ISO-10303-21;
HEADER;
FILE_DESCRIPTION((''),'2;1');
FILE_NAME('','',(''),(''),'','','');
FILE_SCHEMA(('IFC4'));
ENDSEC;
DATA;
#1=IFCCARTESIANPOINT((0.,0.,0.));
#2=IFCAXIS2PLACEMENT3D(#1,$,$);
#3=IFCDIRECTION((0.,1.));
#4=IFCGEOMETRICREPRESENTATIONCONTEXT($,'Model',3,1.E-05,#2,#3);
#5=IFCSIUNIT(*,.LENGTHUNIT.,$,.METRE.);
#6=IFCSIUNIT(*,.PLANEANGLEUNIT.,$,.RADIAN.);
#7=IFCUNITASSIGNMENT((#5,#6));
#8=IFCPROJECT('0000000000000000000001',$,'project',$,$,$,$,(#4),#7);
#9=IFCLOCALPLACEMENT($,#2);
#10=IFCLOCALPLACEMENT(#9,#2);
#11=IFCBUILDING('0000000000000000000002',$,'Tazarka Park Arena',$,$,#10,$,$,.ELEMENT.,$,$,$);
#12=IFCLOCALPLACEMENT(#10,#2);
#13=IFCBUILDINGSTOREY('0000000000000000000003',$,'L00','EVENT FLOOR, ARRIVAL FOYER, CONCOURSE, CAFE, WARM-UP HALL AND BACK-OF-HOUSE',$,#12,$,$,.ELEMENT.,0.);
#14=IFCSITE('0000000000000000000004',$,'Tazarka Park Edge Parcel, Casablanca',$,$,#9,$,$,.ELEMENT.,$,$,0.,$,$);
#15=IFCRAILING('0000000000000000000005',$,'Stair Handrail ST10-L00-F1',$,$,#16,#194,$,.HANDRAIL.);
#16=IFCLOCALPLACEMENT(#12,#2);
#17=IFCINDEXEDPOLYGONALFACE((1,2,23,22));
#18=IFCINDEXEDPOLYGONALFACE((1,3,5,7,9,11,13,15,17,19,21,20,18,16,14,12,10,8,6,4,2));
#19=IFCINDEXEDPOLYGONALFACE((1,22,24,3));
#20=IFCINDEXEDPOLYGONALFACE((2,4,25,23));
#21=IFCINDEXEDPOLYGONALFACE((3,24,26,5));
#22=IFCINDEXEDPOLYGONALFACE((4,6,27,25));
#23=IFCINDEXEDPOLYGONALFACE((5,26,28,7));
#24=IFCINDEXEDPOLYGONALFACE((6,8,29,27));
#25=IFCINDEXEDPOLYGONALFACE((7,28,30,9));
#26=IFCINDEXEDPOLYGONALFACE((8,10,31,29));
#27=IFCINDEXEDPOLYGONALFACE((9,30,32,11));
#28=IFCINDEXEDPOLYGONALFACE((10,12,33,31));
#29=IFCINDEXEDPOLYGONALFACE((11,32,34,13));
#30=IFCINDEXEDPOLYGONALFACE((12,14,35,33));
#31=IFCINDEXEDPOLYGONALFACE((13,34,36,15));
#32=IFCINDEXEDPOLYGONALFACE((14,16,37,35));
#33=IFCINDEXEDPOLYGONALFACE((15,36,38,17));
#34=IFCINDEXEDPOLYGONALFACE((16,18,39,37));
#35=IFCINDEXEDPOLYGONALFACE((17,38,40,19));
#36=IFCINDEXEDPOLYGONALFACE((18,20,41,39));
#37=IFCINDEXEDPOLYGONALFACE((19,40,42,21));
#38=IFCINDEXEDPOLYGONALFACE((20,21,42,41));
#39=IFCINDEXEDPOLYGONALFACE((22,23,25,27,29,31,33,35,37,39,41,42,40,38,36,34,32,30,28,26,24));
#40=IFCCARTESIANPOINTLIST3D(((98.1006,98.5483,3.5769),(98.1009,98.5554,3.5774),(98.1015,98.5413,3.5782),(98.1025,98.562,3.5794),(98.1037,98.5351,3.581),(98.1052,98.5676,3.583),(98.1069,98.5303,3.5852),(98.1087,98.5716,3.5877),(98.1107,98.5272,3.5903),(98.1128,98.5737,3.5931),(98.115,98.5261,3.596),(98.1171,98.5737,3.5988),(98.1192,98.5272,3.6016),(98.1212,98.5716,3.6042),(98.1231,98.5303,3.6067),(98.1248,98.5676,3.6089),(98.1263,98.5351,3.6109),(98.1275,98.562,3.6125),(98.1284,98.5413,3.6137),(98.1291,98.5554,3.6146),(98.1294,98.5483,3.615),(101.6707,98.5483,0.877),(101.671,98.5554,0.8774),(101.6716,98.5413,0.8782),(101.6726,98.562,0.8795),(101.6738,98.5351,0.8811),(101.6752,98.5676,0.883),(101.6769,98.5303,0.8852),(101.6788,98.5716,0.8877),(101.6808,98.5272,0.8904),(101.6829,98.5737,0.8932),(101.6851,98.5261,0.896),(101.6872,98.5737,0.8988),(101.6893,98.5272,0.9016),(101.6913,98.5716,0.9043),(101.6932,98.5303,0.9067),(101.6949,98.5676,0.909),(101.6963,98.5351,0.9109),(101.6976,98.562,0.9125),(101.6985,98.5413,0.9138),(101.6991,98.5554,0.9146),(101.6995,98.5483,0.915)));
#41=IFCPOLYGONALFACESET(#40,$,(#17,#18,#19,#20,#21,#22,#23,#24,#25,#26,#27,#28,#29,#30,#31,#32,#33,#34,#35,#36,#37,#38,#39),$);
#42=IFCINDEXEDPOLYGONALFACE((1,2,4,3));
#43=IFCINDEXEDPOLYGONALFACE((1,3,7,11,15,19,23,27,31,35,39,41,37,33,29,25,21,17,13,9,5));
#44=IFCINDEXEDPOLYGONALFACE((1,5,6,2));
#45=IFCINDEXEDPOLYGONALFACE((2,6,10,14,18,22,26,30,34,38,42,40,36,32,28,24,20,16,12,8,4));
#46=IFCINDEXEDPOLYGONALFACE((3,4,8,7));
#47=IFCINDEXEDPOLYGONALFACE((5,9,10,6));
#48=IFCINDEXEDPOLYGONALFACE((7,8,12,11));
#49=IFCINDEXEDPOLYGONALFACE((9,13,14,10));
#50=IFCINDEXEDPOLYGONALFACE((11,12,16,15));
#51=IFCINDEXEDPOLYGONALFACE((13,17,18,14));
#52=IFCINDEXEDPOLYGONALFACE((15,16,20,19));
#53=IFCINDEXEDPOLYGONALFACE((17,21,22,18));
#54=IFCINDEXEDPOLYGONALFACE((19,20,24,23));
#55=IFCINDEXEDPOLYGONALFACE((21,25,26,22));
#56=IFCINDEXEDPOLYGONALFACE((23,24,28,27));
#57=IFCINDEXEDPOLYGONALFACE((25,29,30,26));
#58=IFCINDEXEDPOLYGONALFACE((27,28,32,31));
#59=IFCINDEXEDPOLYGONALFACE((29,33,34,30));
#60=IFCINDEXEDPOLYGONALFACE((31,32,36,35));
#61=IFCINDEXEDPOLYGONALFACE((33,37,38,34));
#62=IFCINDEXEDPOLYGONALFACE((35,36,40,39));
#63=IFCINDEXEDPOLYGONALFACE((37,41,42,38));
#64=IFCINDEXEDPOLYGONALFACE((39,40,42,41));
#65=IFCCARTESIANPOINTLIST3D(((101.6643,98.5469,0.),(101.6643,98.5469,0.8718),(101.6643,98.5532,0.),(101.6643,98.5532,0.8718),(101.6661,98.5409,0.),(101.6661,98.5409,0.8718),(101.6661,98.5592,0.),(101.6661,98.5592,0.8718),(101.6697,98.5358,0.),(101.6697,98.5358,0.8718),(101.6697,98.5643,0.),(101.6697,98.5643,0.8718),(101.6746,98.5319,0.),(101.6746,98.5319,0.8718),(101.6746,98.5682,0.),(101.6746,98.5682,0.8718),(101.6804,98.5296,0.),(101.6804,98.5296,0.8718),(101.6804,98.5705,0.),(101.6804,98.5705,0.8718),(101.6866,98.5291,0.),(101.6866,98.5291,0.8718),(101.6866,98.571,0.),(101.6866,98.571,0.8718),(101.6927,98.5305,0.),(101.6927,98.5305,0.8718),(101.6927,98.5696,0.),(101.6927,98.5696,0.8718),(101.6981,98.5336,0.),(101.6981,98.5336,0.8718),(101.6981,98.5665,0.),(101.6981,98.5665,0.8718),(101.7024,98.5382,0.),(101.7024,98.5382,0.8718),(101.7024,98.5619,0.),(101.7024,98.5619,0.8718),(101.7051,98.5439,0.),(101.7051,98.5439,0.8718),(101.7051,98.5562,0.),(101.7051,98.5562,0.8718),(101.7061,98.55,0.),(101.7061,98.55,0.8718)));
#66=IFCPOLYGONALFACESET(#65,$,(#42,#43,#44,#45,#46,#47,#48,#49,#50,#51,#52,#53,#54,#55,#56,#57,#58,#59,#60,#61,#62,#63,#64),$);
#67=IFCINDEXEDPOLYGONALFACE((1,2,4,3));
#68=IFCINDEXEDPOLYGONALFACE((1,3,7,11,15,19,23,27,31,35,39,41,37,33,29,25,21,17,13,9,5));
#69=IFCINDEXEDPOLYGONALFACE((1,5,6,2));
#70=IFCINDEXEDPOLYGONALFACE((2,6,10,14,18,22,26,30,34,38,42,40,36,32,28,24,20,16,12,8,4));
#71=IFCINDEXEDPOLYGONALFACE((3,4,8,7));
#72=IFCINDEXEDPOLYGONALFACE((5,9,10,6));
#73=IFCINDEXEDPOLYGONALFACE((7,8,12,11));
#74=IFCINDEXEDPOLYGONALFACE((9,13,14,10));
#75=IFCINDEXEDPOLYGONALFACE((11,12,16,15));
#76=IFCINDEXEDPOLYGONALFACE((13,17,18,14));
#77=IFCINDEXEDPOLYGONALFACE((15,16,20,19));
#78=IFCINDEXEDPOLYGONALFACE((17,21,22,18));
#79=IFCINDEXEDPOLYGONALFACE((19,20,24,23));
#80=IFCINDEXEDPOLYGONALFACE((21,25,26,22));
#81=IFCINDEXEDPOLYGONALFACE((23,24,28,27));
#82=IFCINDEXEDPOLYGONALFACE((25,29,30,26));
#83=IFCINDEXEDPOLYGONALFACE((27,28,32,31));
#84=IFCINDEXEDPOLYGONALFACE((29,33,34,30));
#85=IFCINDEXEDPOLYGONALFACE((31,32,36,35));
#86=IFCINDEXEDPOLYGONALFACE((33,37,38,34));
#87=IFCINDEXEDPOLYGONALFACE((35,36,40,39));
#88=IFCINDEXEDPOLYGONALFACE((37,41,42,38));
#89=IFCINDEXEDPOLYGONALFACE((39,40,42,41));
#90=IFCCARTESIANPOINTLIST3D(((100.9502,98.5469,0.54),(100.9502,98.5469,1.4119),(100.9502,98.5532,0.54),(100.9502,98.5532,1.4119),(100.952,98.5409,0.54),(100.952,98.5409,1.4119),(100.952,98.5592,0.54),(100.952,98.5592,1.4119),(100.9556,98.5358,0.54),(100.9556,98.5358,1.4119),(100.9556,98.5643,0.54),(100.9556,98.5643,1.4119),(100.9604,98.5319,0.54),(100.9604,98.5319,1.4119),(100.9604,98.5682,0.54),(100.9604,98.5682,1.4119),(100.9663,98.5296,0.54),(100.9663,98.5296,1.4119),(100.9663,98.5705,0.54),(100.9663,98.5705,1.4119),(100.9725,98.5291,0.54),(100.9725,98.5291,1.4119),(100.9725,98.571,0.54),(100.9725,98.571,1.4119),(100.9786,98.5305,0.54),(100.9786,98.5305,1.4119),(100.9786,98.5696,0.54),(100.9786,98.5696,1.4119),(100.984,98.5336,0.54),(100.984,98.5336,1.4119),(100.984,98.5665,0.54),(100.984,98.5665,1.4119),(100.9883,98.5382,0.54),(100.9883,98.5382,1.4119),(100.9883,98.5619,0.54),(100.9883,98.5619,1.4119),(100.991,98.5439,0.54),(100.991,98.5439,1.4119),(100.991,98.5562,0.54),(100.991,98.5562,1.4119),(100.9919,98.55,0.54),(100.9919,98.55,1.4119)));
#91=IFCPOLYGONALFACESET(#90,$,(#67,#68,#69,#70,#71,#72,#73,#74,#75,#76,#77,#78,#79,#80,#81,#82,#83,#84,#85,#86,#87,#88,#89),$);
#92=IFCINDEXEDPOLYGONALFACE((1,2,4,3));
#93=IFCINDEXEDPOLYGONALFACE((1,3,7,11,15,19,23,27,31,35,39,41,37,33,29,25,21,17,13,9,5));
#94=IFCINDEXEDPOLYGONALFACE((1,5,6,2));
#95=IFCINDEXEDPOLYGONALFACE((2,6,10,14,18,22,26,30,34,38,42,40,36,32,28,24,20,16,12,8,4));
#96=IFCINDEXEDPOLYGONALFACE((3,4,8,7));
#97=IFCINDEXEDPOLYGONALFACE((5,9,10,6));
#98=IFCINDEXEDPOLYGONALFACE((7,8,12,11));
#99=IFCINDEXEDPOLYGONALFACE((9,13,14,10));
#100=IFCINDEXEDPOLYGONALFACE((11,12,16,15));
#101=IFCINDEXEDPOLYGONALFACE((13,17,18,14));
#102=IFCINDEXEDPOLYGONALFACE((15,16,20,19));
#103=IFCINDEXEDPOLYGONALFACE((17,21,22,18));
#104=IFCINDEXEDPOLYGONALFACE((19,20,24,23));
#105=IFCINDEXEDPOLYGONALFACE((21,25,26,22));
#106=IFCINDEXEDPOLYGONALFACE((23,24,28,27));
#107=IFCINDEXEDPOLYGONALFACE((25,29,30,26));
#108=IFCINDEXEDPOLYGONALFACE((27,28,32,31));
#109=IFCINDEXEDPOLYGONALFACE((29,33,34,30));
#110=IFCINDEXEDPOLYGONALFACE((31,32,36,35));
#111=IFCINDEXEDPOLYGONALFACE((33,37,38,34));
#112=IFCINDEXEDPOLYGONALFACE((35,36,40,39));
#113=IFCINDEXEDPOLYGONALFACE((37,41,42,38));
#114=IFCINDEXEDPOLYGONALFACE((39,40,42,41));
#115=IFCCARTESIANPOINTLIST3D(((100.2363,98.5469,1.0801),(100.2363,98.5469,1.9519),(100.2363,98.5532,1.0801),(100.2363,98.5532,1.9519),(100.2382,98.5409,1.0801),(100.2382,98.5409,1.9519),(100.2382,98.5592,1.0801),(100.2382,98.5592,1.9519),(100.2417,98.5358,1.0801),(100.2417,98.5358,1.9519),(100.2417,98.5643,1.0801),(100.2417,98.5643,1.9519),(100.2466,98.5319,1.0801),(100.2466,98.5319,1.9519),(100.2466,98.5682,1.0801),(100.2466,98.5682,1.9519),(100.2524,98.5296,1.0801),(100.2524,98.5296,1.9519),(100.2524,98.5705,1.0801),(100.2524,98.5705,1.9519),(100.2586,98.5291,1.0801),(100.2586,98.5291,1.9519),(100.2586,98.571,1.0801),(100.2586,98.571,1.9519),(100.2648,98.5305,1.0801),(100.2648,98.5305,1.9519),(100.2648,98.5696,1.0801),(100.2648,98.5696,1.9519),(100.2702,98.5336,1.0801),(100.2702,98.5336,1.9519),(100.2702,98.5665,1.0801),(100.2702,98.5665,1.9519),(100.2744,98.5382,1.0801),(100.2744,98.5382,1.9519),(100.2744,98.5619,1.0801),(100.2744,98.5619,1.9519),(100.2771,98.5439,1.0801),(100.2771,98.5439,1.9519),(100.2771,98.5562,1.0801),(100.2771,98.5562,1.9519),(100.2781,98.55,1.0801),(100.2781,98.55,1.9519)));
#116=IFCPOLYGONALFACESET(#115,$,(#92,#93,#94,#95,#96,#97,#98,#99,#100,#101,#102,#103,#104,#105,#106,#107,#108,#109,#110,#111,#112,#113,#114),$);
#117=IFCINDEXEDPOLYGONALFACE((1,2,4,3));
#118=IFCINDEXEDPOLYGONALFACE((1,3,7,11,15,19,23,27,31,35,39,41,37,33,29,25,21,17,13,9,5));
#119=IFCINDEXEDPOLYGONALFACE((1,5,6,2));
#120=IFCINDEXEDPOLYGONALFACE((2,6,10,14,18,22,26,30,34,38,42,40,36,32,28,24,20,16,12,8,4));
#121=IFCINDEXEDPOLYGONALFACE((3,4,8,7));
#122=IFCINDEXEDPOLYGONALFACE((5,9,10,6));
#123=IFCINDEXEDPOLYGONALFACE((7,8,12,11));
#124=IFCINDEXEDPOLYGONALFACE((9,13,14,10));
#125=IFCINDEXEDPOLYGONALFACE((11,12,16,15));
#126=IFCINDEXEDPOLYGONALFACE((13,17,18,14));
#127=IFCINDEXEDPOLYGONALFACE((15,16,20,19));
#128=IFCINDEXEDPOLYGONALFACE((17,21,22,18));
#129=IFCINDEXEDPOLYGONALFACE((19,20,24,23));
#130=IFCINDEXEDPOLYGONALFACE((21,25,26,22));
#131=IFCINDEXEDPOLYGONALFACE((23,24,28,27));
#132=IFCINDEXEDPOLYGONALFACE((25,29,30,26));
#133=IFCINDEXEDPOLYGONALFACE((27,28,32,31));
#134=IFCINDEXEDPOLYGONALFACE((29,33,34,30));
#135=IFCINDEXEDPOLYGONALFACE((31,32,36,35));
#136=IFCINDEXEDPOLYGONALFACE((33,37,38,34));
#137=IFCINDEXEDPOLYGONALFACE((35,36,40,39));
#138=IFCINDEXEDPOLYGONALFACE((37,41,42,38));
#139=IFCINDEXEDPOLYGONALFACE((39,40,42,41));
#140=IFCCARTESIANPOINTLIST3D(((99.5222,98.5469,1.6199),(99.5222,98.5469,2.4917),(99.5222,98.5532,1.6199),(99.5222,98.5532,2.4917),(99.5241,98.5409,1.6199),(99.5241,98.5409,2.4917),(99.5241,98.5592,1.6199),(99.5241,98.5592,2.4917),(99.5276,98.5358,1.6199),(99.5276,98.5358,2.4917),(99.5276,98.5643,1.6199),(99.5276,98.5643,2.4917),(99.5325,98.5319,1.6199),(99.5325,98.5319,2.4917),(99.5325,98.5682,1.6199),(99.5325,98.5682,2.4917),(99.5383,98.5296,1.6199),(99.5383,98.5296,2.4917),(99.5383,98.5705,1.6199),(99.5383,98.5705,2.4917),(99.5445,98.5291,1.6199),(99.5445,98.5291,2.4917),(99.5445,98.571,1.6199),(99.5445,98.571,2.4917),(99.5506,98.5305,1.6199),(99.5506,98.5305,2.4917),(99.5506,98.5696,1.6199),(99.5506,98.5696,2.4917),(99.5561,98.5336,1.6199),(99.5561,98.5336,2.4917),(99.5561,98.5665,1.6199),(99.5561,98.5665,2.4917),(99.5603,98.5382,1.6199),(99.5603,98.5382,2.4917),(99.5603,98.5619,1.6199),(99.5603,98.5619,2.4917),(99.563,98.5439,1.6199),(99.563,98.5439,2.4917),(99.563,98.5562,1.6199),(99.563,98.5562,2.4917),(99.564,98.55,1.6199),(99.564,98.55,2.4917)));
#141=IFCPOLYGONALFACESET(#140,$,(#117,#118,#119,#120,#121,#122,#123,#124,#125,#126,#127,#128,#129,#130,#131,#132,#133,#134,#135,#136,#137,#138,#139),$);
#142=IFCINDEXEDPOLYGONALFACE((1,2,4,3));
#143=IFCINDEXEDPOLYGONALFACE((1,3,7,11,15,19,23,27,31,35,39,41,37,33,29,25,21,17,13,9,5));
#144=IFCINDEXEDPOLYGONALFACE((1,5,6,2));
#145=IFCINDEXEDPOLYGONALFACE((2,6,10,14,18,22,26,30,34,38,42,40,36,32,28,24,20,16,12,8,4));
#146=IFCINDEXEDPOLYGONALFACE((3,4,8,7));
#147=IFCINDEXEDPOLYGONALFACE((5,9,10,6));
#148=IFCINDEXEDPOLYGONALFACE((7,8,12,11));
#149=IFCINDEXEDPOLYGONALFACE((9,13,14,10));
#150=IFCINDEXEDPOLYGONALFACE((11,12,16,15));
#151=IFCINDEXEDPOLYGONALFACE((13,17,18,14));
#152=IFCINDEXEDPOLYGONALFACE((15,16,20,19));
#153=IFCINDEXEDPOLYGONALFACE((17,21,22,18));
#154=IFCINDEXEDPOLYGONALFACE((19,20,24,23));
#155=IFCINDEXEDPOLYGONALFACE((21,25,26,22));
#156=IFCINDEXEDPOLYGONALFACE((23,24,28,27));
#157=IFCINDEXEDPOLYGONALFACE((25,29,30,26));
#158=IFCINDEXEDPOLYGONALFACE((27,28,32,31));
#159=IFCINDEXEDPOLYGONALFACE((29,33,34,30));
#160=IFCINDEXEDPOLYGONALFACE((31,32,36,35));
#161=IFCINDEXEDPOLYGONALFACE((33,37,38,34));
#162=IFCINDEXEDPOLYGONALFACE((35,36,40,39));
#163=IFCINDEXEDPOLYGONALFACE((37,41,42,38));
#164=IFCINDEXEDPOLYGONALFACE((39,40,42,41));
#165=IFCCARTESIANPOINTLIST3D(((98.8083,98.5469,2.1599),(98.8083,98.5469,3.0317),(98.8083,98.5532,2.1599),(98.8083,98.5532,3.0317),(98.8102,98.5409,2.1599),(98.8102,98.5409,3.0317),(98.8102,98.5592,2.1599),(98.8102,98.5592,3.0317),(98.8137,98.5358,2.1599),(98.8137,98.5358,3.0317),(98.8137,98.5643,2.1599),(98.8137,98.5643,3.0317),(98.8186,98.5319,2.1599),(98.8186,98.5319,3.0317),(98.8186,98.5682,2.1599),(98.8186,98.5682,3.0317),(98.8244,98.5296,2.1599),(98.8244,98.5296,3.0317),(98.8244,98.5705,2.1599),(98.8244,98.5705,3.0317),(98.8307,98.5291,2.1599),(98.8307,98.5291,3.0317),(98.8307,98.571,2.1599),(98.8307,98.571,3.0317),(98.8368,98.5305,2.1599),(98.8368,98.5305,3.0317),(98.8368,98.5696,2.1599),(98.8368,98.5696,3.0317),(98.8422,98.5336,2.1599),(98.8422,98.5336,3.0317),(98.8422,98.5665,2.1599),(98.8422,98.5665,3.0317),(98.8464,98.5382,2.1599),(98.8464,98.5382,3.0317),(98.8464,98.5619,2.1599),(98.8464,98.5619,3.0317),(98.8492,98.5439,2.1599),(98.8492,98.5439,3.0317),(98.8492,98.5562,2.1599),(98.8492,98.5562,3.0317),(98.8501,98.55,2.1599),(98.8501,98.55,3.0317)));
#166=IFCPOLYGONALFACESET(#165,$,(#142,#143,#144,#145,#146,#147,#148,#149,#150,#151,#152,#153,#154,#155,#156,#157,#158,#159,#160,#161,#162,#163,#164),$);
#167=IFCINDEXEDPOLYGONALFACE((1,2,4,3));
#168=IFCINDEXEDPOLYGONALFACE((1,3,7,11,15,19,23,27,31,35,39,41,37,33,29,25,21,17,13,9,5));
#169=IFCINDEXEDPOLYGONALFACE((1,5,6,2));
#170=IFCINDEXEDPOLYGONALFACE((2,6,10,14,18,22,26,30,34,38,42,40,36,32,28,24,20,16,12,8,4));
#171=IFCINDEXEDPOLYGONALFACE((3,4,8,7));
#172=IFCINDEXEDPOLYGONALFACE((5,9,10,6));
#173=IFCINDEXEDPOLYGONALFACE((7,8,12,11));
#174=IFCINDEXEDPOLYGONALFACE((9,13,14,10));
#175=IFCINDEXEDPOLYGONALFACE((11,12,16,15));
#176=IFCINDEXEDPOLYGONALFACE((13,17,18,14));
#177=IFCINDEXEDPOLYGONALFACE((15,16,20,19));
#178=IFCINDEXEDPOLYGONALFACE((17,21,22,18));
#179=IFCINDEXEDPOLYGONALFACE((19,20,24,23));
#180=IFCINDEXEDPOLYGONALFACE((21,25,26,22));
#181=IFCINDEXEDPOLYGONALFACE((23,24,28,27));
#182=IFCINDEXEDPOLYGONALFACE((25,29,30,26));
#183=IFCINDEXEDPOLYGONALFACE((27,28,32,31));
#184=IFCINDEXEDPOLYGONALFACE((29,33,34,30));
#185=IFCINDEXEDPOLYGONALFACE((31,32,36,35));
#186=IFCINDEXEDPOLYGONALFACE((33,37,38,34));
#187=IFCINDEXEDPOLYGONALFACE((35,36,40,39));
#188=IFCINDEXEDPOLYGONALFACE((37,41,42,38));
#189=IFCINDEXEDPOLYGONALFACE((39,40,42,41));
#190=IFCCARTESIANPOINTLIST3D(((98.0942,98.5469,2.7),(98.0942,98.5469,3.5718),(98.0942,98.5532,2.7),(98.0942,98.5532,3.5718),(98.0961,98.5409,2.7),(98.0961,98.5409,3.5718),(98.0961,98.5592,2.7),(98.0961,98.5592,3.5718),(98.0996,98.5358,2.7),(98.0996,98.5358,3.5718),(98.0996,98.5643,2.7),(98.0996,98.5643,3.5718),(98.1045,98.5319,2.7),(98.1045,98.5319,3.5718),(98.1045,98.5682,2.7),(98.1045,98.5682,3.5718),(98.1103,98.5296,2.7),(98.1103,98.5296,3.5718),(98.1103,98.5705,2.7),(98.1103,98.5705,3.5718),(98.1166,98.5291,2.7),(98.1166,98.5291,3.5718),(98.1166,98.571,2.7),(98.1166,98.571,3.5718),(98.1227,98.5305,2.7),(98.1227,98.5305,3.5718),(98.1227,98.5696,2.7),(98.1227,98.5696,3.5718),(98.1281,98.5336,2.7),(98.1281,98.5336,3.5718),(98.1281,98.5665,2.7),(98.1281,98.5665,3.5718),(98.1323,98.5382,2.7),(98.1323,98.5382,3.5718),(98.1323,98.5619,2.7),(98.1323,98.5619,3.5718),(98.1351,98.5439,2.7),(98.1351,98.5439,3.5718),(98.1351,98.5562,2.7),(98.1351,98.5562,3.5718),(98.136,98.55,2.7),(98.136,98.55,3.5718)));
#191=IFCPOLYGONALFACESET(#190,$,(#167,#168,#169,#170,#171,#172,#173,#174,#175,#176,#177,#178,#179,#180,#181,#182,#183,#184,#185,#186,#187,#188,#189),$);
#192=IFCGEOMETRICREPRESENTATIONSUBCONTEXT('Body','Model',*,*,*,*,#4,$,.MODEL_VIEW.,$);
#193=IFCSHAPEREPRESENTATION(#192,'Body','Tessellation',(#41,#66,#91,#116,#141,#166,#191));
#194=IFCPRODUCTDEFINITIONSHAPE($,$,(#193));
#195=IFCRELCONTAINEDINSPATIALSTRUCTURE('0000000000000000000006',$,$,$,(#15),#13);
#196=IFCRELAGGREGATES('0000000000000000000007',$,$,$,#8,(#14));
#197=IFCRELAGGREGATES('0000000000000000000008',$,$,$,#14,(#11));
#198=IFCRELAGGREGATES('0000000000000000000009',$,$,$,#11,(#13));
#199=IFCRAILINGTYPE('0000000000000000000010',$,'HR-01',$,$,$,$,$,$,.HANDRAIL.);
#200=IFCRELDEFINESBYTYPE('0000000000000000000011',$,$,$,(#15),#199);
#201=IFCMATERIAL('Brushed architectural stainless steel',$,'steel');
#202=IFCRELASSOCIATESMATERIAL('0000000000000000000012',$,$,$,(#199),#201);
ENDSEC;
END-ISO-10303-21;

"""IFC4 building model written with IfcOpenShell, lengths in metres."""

from ifc_helpers import new_model, si_unit, direction, frame, origin, origin_2d, place, context, subcontext, project, spatial, circle, extrude, material, type_object, element, save


model = new_model("IFC4")

# Units and contexts
model_context = context("Model", 3, precision=1e-05, world=origin(), true_north=direction((0.0, 1.0)))
body_context = subcontext(model_context, "Body", "Model", "MODEL_VIEW")
ifc_project = project(units=[si_unit("LENGTHUNIT", "METRE"), si_unit("PLANEANGLEUNIT", "RADIAN")], contexts=[model_context])

# Site, building, storey
site_placement = place(None, origin())
site = spatial("IfcSite", under=ifc_project, at=site_placement, Name="Tazarka Park Edge Parcel, Casablanca", CompositionType="ELEMENT", RefElevation=0.0)
building_placement = place(site_placement, origin())
building = spatial("IfcBuilding", under=site, at=building_placement, Name="Tazarka Park Arena", CompositionType="ELEMENT")
storey_placement = place(building_placement, origin())
storey = spatial("IfcBuildingStorey", under=building, at=storey_placement, Name="L00", Description="EVENT FLOOR, ARRIVAL FOYER, CONCOURSE, CAFE, WARM-UP HALL AND BACK-OF-HOUSE", CompositionType="ELEMENT", Elevation=0.0)

# Railing
ifc_material_1 = material(Name="Brushed architectural stainless steel", Category="steel")
railing_type_1 = type_object("IfcRailingType", Name="HR-01", PredefinedType="HANDRAIL", material=ifc_material_1)
railing_1_placement = place(storey_placement, frame((101.6851, 98.55, 0.0)))
element("IfcRailing", 1, at=railing_1_placement, inside=storey, type_object=railing_type_1, Name="Stair Handrail ST10-L00-F1", PredefinedType="HANDRAIL", context=body_context, shape_type="SweptSolid", body=[
    extrude(circle(Radius=0.0239, at=origin_2d()), frame((0.0, 0.0, 0.896), z_axis=(-0.797591, 0.0, 0.603198), x_axis=(0.0, -1.0, 0.0)), (0.0, 0.0, 1.0), 4.4761),
    extrude(circle(Radius=0.021, at=origin_2d()), origin(), (0.0, 0.0, 1.0), 0.8718),
    extrude(circle(Radius=0.021, at=origin_2d()), frame((-0.7141, 0.0, 0.54)), (0.0, 0.0, 1.0), 0.8718),
    extrude(circle(Radius=0.021, at=origin_2d()), frame((-1.428, 0.0, 1.0801)), (0.0, 0.0, 1.0), 0.8718),
    extrude(circle(Radius=0.021, at=origin_2d()), frame((-2.1421, 0.0, 1.6199)), (0.0, 0.0, 1.0), 0.8718),
    extrude(circle(Radius=0.021, at=origin_2d()), frame((-2.856, 0.0, 2.1599)), (0.0, 0.0, 1.0), 0.8718),
    extrude(circle(Radius=0.021, at=origin_2d()), frame((-3.5701, 0.0, 2.7)), (0.0, 0.0, 1.0), 0.8718),
])

save(model, "model.ifc")
